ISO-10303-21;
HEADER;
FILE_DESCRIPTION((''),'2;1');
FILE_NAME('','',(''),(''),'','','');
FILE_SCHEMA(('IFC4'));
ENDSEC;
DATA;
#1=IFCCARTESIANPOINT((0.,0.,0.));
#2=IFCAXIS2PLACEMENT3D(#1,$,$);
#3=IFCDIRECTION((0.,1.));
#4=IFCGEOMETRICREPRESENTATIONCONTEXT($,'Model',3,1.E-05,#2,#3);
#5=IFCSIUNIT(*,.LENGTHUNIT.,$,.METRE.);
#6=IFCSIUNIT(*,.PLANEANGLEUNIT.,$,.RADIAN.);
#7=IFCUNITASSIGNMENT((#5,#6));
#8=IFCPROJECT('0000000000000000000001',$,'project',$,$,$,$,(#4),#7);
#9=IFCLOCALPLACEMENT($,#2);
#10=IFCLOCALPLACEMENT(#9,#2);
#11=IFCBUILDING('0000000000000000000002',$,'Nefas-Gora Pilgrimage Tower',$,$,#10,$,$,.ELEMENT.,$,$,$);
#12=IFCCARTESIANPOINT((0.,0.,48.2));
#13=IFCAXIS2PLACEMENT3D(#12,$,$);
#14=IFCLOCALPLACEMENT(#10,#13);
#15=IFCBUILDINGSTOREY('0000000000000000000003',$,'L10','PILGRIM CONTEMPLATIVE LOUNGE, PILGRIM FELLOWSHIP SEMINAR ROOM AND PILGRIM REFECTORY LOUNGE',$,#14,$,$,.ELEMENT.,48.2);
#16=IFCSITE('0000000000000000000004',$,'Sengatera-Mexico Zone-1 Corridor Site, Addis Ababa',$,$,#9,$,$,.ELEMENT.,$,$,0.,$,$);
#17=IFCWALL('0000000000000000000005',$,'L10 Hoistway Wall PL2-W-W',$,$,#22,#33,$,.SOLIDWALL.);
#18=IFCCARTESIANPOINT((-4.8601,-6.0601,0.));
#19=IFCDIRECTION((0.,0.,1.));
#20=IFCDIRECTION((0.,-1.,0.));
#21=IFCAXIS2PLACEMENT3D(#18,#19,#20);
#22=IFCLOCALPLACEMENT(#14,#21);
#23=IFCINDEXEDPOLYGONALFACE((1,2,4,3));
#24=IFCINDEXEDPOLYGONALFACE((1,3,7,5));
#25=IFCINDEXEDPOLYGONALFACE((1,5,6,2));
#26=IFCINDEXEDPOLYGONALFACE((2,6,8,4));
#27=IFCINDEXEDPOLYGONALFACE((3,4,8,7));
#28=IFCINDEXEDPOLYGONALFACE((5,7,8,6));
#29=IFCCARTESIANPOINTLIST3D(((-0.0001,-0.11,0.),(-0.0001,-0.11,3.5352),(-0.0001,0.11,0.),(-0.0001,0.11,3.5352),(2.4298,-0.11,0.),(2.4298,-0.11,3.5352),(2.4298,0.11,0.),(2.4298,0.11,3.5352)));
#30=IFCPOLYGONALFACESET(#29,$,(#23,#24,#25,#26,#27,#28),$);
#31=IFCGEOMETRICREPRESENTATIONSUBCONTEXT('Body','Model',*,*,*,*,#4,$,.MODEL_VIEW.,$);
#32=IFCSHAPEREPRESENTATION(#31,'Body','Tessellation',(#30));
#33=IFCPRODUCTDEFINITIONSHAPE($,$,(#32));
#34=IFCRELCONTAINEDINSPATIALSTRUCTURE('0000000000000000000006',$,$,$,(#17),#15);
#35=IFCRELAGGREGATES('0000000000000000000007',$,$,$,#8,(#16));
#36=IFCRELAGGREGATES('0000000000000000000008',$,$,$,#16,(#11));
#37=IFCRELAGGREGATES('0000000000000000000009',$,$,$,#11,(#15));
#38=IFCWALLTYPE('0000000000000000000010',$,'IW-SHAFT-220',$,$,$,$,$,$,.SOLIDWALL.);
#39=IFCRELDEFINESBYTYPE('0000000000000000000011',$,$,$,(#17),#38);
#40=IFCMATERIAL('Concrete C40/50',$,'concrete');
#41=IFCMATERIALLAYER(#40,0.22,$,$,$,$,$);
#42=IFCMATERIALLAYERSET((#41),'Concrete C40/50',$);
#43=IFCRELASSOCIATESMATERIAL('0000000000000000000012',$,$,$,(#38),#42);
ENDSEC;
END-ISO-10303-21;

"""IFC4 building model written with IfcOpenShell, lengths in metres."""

from ifc_helpers import new_model, si_unit, direction, frame, frame_2d, origin, place, context, subcontext, project, spatial, rectangle, extrude, source, transform, mapped, material, layer, layer_set, type_object, element, save


model = new_model("IFC4")

# Units and contexts
model_context = context("Model", 3, precision=1e-05, world=origin(), true_north=direction((0.0, 1.0)))
body_context = subcontext(model_context, "Body", "Model", "MODEL_VIEW")
ifc_project = project(units=[si_unit("LENGTHUNIT", "METRE"), si_unit("PLANEANGLEUNIT", "RADIAN")], contexts=[model_context])

# Site, building, storey
site_placement = place(None, origin())
site = spatial("IfcSite", under=ifc_project, at=site_placement, Name="Sengatera-Mexico Zone-1 Corridor Site, Addis Ababa", CompositionType="ELEMENT", RefElevation=0.0)
building_placement = place(site_placement, origin())
building = spatial("IfcBuilding", under=site, at=building_placement, Name="Nefas-Gora Pilgrimage Tower", CompositionType="ELEMENT")
storey_placement = place(building_placement, frame((0.0, 0.0, 48.2)))
storey = spatial("IfcBuildingStorey", under=building, at=storey_placement, Name="L10", Description="PILGRIM CONTEMPLATIVE LOUNGE, PILGRIM FELLOWSHIP SEMINAR ROOM AND PILGRIM REFECTORY LOUNGE", CompositionType="ELEMENT", Elevation=48.2)

# Wall
ifc_material_1 = material(Name="Concrete C40/50", Category="concrete")
ifc_layer_1 = layer(ifc_material_1, 0.22)
ifc_layer_set_1 = layer_set([ifc_layer_1], Name="Concrete C40/50")
wall_type_1 = type_object("IfcWallType", Name="IW-SHAFT-220", PredefinedType="SOLIDWALL", material=ifc_layer_set_1)
shared_shape_1 = source(origin(), body_context, "Body", "SweptSolid", [
    extrude(rectangle(XDim=2.4299, YDim=0.22, at=frame_2d((1.2148, 0.0))), origin(), (0.0, 0.0, 1.0), 3.5352),
])
for number, where, z_axis, x_axis, name in (
    (1, (-4.8601, -6.0601, 0.0), (0.0, 0.0, 1.0), (0.0, -1.0, 0.0), "L10 Hoistway Wall PL2-W-W"),
):
    element("IfcWall", number, at=place(storey_placement, frame(where, z_axis=z_axis, x_axis=x_axis)), inside=storey, type_object=wall_type_1, Name=name, PredefinedType="SOLIDWALL", context=body_context, shape_type="MappedRepresentation", body=[
        mapped(shared_shape_1, transform((0.0, 0.0, 0.0), x_axis=(1.0, 0.0, 0.0), y_axis=(0.0, 1.0, 0.0), z_axis=(0.0, 0.0, 1.0), scale=1.0)),
    ])

save(model, "model.ifc")
